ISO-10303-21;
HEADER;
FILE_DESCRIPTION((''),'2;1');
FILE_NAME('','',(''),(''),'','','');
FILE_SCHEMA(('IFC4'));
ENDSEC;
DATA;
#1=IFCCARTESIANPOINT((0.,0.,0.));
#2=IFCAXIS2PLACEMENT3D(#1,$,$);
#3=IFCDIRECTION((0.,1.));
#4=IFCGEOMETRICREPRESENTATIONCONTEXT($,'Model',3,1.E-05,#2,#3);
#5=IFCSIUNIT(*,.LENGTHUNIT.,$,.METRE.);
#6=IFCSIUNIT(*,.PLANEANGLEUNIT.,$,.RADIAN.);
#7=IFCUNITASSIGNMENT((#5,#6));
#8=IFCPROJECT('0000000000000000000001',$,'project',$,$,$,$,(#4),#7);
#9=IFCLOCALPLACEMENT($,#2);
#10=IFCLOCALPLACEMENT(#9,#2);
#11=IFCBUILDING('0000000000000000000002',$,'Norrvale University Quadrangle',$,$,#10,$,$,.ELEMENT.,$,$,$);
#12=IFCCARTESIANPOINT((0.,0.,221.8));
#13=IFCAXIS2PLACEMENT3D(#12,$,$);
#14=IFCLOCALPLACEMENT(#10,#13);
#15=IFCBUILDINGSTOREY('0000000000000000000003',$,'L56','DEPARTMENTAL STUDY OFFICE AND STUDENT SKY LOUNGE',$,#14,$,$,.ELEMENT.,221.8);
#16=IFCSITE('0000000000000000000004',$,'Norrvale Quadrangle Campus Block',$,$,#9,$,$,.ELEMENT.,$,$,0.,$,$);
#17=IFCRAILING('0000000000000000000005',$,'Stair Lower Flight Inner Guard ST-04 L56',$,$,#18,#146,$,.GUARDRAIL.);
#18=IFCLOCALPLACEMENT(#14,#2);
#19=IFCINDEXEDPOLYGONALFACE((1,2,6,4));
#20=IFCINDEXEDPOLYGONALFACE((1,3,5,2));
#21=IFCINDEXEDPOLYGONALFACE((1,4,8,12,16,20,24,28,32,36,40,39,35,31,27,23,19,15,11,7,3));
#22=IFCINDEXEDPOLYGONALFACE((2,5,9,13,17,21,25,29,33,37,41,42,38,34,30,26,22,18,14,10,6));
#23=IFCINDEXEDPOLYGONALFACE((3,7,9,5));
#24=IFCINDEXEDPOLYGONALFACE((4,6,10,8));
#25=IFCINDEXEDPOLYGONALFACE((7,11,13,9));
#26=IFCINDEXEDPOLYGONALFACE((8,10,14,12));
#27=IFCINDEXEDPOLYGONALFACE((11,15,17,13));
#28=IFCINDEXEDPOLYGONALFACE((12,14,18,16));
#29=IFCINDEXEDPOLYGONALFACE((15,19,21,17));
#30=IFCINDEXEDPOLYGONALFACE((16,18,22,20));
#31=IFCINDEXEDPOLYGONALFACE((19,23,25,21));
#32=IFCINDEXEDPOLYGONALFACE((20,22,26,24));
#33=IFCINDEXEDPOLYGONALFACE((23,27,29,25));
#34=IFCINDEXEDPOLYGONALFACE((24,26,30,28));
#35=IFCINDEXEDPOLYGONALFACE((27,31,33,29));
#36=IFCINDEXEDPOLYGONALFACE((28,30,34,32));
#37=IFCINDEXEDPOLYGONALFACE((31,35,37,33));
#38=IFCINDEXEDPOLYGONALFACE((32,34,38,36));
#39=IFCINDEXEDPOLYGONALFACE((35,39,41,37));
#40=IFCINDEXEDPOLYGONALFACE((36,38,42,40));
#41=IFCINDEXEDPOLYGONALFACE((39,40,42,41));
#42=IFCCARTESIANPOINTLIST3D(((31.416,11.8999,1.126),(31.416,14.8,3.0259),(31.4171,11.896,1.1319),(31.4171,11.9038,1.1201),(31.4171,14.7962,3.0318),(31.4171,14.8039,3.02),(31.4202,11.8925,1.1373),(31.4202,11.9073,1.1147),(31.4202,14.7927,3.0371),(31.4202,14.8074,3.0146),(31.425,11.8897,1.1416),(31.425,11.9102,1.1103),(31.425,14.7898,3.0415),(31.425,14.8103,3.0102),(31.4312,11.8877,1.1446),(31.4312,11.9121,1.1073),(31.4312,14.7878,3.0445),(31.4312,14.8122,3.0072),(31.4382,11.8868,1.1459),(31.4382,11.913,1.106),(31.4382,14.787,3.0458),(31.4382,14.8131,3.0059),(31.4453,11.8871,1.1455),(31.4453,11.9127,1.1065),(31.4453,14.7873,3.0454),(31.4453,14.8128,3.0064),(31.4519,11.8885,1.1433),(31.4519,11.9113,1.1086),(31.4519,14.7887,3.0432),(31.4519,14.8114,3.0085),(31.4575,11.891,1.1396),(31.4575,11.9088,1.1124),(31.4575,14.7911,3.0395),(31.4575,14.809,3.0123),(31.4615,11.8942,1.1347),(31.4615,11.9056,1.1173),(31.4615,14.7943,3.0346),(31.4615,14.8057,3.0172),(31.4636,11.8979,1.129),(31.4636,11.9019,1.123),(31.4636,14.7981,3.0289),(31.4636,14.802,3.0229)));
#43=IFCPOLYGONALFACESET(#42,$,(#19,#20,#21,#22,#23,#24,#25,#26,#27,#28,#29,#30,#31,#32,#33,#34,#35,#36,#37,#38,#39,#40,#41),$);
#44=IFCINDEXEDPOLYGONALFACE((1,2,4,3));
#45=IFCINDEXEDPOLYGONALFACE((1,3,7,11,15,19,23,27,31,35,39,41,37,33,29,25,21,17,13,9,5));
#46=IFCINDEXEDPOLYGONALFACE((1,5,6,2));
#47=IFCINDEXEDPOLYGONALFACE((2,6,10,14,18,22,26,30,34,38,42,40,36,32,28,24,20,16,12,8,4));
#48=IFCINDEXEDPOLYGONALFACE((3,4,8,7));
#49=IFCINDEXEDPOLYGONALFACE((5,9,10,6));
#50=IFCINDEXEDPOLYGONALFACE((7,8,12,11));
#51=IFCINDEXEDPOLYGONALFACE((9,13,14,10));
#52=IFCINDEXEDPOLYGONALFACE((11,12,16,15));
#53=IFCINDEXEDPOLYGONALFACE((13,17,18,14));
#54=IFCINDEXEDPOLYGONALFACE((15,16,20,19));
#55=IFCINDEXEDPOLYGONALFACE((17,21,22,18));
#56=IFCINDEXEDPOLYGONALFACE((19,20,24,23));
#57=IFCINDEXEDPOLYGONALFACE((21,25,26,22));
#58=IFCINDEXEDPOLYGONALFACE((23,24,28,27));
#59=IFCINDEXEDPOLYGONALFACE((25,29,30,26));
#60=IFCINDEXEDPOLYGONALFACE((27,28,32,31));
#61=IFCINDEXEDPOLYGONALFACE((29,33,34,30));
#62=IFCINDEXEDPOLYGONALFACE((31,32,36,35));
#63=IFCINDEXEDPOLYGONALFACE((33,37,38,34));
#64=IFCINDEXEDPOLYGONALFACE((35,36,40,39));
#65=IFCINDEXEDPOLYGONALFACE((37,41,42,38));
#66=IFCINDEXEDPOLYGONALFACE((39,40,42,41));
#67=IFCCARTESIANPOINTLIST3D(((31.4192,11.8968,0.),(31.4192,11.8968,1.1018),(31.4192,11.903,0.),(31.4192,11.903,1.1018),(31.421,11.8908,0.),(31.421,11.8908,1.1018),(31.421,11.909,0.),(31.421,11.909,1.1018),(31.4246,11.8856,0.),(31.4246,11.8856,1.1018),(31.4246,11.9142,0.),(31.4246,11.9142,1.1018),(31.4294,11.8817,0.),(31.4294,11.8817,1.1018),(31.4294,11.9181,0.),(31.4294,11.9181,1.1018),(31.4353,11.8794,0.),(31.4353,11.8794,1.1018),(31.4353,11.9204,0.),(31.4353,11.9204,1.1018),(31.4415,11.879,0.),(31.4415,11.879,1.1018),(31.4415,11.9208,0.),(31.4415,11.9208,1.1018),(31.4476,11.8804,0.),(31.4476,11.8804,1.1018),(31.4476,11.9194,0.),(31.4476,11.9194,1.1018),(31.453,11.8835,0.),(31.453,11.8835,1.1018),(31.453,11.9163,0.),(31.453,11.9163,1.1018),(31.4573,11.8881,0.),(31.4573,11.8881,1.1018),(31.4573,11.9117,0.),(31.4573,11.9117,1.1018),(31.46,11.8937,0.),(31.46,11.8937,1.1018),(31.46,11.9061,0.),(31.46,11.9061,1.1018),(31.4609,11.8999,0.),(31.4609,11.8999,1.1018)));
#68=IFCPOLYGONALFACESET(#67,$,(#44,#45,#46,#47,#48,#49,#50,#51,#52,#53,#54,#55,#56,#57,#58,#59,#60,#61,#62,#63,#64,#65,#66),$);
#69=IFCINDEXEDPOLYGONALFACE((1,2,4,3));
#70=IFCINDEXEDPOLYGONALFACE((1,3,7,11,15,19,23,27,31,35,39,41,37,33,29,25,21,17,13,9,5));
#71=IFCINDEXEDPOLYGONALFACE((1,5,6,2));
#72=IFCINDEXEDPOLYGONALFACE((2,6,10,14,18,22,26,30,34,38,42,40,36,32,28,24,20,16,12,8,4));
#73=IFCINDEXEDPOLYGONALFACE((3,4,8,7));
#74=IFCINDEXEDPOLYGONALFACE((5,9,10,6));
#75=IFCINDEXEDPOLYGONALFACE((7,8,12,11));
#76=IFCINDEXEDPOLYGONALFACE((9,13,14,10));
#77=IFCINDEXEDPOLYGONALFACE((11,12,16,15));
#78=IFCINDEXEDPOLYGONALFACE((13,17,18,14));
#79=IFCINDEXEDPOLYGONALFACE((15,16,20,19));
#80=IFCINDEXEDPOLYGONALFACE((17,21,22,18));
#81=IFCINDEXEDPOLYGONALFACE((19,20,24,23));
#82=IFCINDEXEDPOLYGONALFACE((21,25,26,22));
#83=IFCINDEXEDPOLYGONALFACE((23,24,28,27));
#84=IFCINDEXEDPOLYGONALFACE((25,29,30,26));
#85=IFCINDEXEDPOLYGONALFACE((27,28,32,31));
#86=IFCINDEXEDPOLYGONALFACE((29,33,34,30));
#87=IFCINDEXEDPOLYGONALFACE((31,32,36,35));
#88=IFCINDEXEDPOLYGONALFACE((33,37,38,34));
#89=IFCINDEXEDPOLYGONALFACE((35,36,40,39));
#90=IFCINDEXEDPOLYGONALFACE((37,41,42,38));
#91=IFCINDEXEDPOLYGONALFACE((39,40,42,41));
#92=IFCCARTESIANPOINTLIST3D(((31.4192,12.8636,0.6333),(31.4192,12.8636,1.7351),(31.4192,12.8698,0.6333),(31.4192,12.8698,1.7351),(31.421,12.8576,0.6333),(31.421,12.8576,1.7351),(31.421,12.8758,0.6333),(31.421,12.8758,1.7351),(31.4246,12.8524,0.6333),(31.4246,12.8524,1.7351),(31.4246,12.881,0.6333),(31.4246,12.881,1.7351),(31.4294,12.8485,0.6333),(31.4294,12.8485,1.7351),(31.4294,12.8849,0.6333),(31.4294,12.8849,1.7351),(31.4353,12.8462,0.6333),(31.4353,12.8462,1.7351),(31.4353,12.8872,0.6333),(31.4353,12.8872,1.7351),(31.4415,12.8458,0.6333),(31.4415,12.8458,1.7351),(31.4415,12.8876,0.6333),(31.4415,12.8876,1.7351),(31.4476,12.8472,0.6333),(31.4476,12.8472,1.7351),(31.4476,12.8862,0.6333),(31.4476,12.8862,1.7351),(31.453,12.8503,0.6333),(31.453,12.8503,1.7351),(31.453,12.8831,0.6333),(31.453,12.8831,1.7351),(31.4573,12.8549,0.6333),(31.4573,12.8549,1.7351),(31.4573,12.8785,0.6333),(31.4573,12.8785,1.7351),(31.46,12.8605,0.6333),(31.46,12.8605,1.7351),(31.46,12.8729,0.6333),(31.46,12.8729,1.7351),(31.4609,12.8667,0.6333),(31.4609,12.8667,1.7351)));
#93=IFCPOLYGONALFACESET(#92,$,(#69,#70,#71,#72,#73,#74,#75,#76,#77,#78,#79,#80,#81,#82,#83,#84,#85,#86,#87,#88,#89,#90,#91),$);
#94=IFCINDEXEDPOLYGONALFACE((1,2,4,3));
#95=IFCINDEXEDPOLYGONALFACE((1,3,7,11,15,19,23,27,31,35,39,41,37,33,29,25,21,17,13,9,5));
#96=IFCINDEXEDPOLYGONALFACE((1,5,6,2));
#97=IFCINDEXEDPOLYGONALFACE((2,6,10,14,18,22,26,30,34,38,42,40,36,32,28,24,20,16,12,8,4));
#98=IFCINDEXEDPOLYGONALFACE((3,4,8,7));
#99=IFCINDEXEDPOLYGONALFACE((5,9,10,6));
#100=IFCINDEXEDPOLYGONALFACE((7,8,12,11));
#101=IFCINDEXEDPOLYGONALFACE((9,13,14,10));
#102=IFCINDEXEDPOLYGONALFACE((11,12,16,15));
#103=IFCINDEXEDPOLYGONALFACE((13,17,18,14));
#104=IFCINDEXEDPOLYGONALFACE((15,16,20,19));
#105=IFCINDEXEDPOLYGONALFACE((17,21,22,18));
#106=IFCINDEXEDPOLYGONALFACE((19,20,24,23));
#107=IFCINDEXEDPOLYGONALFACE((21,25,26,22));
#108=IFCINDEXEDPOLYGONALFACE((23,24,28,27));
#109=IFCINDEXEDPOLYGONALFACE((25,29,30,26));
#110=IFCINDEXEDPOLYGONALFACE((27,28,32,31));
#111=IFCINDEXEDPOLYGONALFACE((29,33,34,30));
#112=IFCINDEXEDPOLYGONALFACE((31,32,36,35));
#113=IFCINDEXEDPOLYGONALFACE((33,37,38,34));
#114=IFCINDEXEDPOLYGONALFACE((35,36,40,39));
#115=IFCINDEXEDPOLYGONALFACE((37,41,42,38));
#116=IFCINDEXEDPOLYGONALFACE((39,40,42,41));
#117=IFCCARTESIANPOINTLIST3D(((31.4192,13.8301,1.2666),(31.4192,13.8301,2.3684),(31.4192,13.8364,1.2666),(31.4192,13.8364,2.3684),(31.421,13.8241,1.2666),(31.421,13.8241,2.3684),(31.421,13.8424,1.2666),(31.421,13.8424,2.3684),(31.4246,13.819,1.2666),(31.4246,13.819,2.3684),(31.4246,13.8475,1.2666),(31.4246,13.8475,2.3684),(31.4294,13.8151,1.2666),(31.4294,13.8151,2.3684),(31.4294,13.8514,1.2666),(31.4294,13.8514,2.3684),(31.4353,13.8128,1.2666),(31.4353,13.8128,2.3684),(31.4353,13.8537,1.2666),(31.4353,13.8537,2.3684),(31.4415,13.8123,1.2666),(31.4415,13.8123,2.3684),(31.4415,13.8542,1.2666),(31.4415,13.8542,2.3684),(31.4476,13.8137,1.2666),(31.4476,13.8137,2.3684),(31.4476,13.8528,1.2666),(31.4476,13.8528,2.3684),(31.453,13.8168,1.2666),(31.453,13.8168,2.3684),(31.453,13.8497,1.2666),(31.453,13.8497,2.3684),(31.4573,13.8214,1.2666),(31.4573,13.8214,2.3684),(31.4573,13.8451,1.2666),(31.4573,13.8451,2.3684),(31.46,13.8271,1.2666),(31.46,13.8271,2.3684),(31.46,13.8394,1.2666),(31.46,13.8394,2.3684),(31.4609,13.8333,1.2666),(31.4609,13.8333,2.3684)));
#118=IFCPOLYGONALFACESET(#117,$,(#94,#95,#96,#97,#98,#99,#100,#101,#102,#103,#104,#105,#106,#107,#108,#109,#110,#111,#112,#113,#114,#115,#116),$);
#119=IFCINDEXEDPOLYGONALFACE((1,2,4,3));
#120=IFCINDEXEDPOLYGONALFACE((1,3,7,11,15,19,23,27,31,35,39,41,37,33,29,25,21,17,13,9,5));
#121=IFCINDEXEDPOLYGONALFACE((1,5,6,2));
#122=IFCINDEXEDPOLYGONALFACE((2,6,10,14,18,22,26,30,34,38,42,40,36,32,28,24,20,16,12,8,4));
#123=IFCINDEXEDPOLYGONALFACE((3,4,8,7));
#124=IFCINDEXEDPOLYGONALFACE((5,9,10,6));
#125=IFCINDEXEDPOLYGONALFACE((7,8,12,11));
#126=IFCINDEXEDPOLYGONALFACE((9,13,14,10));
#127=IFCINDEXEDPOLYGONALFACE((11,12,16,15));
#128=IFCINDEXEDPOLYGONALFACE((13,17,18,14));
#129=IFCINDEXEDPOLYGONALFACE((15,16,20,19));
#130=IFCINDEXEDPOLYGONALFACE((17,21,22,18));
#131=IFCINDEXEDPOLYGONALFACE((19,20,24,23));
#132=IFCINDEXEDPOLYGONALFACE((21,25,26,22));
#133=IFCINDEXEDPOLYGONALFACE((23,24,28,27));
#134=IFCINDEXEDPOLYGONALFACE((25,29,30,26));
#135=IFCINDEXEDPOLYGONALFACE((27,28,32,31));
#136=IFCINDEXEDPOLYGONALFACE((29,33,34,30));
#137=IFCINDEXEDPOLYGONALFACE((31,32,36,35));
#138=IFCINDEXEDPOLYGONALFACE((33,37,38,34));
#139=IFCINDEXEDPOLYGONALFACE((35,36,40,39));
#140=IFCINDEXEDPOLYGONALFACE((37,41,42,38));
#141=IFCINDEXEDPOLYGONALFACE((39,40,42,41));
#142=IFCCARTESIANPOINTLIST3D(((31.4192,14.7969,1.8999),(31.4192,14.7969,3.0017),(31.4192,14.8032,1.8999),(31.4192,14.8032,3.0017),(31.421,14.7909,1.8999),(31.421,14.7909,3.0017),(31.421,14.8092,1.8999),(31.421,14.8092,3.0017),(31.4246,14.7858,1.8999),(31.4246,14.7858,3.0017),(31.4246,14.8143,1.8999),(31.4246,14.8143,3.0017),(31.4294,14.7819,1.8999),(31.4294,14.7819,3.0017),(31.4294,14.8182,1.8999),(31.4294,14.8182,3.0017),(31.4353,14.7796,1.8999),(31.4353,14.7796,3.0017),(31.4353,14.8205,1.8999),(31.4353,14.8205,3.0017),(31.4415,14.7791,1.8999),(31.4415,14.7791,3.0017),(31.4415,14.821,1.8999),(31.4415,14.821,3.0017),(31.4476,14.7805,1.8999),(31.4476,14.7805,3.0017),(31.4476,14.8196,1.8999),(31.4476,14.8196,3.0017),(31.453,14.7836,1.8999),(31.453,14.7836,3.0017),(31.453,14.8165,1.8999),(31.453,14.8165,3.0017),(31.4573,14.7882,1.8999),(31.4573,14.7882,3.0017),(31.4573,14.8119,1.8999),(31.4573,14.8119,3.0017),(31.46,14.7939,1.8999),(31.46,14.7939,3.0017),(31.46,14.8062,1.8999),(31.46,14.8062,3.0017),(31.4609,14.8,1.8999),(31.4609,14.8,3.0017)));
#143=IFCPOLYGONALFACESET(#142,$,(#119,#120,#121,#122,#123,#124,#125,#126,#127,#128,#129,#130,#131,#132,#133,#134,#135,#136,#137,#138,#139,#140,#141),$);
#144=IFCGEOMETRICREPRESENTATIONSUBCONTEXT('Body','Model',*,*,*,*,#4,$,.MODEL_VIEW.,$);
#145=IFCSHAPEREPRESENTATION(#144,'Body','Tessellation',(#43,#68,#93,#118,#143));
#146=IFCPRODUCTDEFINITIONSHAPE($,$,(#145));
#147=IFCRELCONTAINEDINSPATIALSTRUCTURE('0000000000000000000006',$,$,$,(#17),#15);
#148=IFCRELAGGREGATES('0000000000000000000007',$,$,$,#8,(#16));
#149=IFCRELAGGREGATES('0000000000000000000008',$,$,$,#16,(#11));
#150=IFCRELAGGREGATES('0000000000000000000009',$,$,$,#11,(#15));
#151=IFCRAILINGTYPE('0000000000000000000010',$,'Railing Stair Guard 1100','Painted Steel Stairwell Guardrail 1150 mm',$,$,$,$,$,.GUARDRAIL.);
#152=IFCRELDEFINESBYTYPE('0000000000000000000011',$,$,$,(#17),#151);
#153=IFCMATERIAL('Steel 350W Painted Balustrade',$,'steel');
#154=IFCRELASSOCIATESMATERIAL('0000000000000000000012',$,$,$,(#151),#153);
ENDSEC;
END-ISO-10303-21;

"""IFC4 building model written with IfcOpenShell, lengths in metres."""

from ifc_helpers import new_model, si_unit, direction, frame, origin, origin_2d, place, context, subcontext, project, spatial, circle, extrude, material, type_object, element, save


model = new_model("IFC4")

# Units and contexts
model_context = context("Model", 3, precision=1e-05, world=origin(), true_north=direction((0.0, 1.0)))
body_context = subcontext(model_context, "Body", "Model", "MODEL_VIEW")
ifc_project = project(units=[si_unit("LENGTHUNIT", "METRE"), si_unit("PLANEANGLEUNIT", "RADIAN")], contexts=[model_context])

# Site, building, storey
site_placement = place(None, origin())
site = spatial("IfcSite", under=ifc_project, at=site_placement, Name="Norrvale Quadrangle Campus Block", CompositionType="ELEMENT", RefElevation=0.0)
building_placement = place(site_placement, origin())
building = spatial("IfcBuilding", under=site, at=building_placement, Name="Norrvale University Quadrangle", CompositionType="ELEMENT")
storey_placement = place(building_placement, frame((0.0, 0.0, 221.8)))
storey = spatial("IfcBuildingStorey", under=building, at=storey_placement, Name="L56", Description="DEPARTMENTAL STUDY OFFICE AND STUDENT SKY LOUNGE", CompositionType="ELEMENT", Elevation=221.8)

# Railing
ifc_material_1 = material(Name="Steel 350W Painted Balustrade", Category="steel")
railing_type_1 = type_object("IfcRailingType", Name="Railing Stair Guard 1100", Description="Painted Steel Stairwell Guardrail 1150 mm", PredefinedType="GUARDRAIL", material=ifc_material_1)
railing_1_placement = place(storey_placement, frame((31.4399, 11.8999, 0.0)))
element("IfcRailing", 1, at=railing_1_placement, inside=storey, type_object=railing_type_1, Name="Stair Lower Flight Inner Guard ST-04 L56", PredefinedType="GUARDRAIL", context=body_context, shape_type="SweptSolid", body=[
    extrude(circle(Radius=0.0239, at=origin_2d()), frame((0.0, 0.0, 1.126), z_axis=(0.0, 0.836487, 0.547987), x_axis=(-1.0, 0.0, 0.0)), (0.0, 0.0, 1.0), 3.467),
    extrude(circle(Radius=0.021, at=origin_2d()), origin(), (0.0, 0.0, 1.0), 1.1018),
    extrude(circle(Radius=0.021, at=origin_2d()), frame((0.0, 0.9668, 0.6333)), (0.0, 0.0, 1.0), 1.1018),
    extrude(circle(Radius=0.021, at=origin_2d()), frame((0.0, 1.9333, 1.2666)), (0.0, 0.0, 1.0), 1.1018),
    extrude(circle(Radius=0.021, at=origin_2d()), frame((0.0, 2.9001, 1.8999)), (0.0, 0.0, 1.0), 1.1018),
])

save(model, "model.ifc")
